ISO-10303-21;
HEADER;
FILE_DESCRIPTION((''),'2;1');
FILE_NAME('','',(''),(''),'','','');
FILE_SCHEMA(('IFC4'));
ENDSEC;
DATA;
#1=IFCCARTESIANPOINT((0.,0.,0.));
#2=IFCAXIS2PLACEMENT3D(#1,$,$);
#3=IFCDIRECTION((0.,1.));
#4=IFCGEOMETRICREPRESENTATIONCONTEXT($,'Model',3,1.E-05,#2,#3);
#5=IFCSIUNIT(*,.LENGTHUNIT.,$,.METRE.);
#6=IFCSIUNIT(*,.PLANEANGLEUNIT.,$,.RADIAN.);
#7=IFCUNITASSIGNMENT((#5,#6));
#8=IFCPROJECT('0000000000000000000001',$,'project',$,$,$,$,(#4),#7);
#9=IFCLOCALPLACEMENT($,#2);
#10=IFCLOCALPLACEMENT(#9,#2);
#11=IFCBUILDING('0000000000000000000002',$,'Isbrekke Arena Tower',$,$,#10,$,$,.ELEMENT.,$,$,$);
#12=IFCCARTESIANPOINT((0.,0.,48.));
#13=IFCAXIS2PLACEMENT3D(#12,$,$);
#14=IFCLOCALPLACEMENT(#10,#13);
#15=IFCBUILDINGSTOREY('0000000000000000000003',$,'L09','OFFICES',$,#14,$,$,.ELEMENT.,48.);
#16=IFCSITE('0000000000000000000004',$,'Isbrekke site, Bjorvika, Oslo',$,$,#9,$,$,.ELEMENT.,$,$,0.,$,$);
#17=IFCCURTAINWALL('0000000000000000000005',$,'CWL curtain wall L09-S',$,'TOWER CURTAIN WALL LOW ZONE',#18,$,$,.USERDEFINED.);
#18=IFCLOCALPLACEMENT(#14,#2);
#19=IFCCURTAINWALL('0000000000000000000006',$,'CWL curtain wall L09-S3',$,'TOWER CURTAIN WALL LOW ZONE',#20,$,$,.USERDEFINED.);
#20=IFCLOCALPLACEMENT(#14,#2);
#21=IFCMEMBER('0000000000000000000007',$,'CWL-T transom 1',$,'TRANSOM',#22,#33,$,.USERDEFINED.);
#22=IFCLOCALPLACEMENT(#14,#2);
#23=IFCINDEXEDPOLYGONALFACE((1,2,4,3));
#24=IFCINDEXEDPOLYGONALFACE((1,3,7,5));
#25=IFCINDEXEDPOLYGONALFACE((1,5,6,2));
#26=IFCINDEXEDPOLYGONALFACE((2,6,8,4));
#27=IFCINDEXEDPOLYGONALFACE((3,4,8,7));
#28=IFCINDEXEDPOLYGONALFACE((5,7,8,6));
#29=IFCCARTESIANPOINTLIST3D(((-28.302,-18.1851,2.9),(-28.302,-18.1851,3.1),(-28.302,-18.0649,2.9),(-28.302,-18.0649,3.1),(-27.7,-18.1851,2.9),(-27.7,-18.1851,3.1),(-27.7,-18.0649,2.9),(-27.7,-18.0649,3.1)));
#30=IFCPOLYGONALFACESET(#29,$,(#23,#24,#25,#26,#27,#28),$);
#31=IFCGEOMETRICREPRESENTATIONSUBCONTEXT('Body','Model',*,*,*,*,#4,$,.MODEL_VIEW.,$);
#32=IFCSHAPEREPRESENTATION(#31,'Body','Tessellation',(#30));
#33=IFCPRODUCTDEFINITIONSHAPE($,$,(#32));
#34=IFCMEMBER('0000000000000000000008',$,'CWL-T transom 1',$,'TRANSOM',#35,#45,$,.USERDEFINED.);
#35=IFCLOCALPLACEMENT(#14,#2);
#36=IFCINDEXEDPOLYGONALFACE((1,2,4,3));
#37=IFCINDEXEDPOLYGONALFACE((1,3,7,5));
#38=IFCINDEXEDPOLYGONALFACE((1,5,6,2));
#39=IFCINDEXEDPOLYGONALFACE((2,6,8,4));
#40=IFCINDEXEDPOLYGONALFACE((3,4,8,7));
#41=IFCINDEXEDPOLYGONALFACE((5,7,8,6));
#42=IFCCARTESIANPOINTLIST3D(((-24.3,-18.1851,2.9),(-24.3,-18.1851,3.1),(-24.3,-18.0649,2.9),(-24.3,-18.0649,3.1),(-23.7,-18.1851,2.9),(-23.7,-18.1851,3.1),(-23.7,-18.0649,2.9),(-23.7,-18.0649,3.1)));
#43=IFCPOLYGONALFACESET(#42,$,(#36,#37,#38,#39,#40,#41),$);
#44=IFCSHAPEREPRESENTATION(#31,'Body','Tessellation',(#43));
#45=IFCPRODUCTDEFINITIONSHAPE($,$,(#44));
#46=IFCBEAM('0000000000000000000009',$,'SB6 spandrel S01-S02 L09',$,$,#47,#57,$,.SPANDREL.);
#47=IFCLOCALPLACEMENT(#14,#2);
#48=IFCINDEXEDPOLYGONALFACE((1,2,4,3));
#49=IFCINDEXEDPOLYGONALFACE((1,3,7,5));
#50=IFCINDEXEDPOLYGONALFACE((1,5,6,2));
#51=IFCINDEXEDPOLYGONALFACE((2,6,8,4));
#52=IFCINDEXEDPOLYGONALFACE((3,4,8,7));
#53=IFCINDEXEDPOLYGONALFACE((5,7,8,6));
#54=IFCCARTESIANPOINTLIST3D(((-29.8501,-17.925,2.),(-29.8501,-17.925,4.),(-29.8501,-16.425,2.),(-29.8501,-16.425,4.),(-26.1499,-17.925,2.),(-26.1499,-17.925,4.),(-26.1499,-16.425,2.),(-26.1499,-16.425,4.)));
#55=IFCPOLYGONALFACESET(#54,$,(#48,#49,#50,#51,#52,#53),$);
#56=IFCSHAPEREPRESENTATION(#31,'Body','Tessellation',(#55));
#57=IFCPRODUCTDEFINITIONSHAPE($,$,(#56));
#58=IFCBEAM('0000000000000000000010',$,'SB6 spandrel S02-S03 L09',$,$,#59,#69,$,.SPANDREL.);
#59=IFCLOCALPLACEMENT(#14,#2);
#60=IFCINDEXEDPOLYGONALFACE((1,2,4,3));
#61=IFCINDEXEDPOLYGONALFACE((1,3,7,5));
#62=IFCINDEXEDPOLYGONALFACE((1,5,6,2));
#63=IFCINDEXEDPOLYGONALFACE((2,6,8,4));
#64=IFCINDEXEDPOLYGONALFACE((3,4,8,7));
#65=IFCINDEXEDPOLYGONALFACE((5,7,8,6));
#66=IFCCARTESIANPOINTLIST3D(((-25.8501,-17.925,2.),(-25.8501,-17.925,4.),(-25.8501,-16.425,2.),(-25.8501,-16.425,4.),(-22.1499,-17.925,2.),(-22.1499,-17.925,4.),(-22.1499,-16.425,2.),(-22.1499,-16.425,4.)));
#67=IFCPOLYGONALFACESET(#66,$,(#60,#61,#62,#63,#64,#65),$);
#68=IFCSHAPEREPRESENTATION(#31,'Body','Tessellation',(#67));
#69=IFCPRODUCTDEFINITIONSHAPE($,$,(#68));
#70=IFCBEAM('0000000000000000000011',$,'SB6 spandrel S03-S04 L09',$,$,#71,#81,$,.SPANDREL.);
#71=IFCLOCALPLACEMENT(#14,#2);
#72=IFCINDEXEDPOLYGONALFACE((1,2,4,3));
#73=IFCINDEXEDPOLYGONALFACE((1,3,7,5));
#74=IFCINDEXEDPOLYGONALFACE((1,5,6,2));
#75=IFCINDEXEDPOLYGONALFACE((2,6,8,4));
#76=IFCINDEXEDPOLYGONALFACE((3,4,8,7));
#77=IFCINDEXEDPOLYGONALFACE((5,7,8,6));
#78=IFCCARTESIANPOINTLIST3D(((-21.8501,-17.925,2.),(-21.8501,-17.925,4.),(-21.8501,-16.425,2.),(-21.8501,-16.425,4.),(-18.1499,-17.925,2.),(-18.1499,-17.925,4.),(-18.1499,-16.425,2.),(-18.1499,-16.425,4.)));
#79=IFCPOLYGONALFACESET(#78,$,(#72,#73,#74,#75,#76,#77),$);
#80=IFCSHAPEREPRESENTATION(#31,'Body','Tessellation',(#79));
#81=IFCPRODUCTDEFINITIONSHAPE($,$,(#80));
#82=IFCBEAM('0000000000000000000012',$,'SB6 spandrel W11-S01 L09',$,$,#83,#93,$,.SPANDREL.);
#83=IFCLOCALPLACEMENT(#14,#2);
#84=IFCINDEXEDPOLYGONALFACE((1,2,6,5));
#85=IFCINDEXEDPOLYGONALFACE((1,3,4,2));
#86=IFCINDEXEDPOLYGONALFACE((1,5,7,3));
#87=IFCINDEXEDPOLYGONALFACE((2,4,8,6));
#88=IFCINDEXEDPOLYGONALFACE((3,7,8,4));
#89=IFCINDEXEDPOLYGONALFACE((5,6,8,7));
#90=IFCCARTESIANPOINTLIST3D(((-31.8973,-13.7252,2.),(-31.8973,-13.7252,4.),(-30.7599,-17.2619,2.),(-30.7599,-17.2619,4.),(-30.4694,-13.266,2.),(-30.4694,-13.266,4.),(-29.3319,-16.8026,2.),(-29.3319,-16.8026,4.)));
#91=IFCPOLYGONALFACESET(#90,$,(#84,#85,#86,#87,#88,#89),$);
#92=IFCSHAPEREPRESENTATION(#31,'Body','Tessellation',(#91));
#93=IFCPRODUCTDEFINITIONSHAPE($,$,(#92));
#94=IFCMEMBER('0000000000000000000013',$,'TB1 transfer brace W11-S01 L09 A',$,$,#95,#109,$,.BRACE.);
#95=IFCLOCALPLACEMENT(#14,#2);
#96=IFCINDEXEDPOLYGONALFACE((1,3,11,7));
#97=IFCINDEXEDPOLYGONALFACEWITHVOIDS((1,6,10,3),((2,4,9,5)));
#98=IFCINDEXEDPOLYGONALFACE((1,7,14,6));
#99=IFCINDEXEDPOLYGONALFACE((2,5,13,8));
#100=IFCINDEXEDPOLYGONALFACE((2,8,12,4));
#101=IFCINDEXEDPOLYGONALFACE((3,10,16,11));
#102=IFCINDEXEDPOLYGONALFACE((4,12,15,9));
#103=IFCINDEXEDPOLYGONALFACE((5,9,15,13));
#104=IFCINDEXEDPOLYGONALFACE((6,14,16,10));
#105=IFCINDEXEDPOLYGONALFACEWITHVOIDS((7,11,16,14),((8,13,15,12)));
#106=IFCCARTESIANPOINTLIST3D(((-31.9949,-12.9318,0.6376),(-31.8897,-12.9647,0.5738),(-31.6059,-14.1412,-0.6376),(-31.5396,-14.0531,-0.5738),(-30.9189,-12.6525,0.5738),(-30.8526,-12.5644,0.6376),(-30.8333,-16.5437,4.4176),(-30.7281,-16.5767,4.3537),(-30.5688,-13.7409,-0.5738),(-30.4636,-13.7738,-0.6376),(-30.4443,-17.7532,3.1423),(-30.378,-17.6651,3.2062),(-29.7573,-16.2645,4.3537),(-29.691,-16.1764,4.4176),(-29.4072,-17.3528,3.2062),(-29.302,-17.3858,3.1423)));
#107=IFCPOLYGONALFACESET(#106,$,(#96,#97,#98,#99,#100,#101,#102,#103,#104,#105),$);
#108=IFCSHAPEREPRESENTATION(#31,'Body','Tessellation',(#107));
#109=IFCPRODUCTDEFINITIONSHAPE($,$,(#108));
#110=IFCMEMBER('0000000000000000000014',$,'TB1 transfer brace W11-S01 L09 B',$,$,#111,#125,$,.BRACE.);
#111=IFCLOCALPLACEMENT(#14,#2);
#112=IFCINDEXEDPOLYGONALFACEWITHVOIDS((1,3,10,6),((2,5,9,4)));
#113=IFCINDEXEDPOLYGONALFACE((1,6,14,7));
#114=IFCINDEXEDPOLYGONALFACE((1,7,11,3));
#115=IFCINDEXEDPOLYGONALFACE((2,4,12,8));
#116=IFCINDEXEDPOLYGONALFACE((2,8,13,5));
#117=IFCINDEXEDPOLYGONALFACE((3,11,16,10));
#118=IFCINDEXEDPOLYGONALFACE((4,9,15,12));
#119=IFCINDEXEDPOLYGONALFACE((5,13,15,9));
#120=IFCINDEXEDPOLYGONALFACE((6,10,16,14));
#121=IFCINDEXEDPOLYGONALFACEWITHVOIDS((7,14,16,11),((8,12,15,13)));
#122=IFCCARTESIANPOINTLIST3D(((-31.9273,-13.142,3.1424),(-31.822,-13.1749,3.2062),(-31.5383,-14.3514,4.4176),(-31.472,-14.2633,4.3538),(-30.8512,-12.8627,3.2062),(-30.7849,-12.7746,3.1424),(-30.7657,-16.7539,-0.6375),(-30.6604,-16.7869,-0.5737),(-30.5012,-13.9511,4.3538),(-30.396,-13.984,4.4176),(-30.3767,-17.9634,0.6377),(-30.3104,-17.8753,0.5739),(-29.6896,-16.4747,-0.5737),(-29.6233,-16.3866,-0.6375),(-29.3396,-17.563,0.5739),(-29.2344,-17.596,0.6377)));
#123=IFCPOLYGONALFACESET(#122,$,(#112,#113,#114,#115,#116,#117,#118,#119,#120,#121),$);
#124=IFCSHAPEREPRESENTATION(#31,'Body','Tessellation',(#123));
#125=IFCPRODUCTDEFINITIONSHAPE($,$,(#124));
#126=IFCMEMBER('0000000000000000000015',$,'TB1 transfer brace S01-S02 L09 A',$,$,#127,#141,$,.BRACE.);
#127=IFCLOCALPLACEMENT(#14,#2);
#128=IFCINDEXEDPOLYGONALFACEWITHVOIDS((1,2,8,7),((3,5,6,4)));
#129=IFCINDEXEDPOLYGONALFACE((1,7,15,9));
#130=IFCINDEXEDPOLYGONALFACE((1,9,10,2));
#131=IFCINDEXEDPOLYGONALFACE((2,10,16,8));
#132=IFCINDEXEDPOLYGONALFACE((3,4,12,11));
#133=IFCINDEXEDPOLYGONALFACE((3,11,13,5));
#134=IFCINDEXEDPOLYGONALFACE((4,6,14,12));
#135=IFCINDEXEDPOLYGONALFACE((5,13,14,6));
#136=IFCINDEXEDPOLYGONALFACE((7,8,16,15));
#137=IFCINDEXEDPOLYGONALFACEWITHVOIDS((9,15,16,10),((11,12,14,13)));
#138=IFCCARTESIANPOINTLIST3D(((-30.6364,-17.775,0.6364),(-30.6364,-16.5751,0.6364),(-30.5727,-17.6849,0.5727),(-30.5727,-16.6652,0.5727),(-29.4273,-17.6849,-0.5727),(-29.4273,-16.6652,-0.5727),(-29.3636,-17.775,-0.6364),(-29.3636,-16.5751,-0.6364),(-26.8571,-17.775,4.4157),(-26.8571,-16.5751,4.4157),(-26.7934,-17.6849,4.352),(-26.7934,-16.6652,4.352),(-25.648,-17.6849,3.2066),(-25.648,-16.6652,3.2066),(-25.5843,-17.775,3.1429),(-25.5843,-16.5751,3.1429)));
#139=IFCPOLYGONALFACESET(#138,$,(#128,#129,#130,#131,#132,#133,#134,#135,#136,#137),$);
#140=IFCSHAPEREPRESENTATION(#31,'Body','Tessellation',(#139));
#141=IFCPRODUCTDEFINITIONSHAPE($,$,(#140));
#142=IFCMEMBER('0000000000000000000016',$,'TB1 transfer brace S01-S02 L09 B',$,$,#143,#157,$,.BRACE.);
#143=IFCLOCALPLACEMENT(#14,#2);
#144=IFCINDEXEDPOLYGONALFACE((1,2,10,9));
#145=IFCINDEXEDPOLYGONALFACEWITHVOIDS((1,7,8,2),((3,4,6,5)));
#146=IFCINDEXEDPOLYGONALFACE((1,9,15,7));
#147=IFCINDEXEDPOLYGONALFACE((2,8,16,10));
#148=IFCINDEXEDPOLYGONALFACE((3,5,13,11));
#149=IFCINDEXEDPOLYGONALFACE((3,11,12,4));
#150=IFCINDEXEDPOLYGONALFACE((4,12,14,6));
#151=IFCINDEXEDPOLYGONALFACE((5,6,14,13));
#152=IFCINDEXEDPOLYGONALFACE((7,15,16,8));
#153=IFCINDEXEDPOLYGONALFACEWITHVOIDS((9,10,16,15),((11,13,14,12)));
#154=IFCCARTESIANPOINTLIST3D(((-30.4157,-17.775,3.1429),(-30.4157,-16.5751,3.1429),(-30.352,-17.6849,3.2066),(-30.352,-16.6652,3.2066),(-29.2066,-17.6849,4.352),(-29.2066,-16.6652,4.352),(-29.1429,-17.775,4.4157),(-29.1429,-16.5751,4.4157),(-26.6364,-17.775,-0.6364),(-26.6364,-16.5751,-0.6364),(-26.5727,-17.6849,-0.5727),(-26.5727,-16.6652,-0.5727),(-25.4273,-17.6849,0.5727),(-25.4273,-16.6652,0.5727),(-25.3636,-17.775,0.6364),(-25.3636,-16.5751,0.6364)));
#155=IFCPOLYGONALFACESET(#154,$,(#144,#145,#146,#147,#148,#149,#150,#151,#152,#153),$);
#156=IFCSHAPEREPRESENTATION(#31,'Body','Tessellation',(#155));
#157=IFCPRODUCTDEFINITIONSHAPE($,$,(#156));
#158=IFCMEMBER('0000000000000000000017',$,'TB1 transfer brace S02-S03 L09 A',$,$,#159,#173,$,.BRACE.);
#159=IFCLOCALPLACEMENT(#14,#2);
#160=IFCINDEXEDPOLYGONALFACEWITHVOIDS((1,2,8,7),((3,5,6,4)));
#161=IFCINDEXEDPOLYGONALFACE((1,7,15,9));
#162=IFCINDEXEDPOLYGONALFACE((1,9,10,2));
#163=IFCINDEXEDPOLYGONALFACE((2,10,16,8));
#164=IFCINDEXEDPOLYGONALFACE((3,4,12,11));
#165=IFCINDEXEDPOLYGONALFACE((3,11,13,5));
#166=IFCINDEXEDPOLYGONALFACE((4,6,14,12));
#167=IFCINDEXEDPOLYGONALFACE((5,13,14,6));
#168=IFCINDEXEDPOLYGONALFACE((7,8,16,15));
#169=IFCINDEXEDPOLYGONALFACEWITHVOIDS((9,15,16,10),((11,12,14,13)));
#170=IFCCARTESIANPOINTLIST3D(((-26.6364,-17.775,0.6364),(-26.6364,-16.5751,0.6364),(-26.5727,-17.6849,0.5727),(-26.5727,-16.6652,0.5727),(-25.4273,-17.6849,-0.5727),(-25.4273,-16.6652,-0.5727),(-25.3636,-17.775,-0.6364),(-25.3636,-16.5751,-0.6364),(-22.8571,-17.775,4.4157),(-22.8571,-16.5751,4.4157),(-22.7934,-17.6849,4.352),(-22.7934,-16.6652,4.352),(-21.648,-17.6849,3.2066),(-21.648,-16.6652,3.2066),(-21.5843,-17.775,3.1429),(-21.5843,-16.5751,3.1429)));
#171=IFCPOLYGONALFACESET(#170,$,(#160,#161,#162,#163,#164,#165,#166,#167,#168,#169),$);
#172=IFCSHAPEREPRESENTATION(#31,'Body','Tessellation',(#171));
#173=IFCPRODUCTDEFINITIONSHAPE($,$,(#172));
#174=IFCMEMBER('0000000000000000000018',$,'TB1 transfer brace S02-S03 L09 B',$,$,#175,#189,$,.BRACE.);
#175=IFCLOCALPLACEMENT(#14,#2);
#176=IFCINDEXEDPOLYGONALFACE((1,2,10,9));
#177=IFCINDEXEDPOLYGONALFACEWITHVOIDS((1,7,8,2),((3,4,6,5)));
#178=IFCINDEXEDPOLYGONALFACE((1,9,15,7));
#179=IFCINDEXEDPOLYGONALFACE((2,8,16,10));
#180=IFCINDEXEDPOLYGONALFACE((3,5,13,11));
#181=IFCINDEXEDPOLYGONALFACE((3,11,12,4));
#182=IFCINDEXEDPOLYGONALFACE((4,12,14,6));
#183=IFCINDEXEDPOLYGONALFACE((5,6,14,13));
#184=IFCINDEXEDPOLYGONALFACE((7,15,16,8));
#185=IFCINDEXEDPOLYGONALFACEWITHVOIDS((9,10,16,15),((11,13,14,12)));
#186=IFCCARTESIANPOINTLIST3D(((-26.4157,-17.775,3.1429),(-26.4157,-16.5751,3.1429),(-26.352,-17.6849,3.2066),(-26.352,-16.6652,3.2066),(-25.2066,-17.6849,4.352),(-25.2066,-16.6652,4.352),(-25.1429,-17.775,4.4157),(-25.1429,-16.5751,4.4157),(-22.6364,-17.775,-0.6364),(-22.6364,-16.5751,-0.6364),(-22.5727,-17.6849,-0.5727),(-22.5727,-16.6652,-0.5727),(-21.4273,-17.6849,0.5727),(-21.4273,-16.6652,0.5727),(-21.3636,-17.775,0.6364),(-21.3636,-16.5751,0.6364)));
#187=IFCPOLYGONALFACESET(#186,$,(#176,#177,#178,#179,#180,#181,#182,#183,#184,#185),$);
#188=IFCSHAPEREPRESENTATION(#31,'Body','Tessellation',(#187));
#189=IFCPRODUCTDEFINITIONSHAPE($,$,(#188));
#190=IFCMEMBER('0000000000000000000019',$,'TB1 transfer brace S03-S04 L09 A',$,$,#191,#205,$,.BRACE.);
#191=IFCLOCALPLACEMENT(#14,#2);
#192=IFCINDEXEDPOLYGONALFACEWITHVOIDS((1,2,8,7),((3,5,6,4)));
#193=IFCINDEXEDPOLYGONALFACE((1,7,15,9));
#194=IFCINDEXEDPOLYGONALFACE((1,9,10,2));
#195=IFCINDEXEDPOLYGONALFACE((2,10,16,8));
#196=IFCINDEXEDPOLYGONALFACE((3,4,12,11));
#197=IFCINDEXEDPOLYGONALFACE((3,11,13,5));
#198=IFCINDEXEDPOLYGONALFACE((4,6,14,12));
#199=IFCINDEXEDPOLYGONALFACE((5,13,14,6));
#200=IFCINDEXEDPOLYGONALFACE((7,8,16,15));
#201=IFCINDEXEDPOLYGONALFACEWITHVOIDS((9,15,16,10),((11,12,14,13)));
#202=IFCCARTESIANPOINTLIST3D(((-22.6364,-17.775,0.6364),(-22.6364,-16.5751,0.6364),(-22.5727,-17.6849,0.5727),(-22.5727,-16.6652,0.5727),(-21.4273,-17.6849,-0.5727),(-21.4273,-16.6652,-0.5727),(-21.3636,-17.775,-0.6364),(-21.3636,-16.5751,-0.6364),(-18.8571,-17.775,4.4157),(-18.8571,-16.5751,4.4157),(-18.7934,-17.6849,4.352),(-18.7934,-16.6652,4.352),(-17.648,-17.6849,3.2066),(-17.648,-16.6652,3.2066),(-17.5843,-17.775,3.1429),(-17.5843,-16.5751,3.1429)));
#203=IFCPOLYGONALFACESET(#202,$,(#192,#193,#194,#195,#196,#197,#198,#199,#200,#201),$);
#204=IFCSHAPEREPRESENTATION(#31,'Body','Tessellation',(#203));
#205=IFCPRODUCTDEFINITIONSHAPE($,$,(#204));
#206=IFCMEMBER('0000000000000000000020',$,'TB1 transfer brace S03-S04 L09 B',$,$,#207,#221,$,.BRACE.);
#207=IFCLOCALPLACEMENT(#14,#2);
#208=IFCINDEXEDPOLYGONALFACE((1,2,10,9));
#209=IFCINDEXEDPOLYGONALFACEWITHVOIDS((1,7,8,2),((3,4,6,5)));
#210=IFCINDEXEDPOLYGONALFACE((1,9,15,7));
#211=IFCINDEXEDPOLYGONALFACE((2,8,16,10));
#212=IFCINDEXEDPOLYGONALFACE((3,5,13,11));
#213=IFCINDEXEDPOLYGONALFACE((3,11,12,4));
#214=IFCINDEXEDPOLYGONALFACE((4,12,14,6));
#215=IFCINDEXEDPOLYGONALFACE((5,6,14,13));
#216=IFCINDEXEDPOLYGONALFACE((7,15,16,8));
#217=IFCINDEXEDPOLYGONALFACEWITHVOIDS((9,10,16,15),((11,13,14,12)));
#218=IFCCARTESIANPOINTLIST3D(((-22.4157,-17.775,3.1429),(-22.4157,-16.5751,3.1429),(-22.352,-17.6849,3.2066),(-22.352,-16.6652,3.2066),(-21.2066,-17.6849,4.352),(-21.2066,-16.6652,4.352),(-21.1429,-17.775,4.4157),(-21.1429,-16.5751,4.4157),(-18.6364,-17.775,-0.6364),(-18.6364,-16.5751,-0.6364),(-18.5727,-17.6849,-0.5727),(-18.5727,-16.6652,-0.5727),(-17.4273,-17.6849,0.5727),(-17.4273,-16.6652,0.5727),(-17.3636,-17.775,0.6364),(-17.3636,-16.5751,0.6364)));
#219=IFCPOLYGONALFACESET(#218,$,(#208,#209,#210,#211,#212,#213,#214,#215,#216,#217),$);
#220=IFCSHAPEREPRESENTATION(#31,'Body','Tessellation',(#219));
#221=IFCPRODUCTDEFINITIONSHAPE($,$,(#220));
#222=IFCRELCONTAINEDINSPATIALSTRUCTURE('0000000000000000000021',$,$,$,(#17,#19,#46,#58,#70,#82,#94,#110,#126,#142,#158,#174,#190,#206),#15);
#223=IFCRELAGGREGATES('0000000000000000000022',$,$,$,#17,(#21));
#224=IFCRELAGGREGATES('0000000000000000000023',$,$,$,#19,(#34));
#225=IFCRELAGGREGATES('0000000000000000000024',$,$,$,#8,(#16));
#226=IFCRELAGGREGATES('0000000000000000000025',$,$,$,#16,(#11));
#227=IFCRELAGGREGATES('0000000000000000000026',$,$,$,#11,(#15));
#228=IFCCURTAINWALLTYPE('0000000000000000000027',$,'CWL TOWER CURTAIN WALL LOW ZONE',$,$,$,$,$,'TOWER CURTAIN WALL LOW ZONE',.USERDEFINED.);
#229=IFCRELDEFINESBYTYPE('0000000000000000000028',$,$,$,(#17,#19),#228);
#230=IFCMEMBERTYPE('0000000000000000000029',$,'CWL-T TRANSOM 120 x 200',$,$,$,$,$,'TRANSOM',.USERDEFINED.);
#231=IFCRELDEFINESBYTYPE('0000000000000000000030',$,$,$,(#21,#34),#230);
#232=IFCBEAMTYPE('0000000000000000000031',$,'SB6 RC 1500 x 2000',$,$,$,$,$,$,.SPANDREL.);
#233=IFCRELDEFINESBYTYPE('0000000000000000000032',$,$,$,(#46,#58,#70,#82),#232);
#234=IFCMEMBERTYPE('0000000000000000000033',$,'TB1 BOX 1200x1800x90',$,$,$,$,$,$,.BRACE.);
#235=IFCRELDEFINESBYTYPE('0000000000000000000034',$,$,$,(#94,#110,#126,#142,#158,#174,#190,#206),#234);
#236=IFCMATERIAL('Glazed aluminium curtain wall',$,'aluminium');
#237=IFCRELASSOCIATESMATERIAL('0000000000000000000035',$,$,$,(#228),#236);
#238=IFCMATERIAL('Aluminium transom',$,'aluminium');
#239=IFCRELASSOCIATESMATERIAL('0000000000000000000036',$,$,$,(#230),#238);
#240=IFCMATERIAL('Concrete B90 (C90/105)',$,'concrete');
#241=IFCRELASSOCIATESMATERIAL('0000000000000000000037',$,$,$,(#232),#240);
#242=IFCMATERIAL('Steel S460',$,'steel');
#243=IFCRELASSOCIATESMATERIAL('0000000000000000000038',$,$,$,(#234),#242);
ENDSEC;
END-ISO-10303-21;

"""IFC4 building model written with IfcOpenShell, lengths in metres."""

from ifc_helpers import new_model, si_unit, direction, frame, origin, origin_2d, place, context, subcontext, project, spatial, rectangle, hollow_rectangle, extrude, material, material_profile, profile_set, type_object, element, aggregate, save


model = new_model("IFC4")

# Units and contexts
model_context = context("Model", 3, precision=1e-05, world=origin(), true_north=direction((0.0, 1.0)))
body_context = subcontext(model_context, "Body", "Model", "MODEL_VIEW")
ifc_project = project(units=[si_unit("LENGTHUNIT", "METRE"), si_unit("PLANEANGLEUNIT", "RADIAN")], contexts=[model_context])

# Site, building, storey
site_placement = place(None, origin())
site = spatial("IfcSite", under=ifc_project, at=site_placement, Name="Isbrekke site, Bjorvika, Oslo", CompositionType="ELEMENT", RefElevation=0.0)
building_placement = place(site_placement, origin())
building = spatial("IfcBuilding", under=site, at=building_placement, Name="Isbrekke Arena Tower", CompositionType="ELEMENT")
storey_placement = place(building_placement, frame((0.0, 0.0, 48.0)))
storey = spatial("IfcBuildingStorey", under=building, at=storey_placement, Name="L09", Description="OFFICES", CompositionType="ELEMENT", Elevation=48.0)

# Curtain walls
ifc_material_1 = material(Name="Glazed aluminium curtain wall", Category="aluminium")
curtain_wall_type = type_object("IfcCurtainWallType", Name="CWL TOWER CURTAIN WALL LOW ZONE", ElementType="TOWER CURTAIN WALL LOW ZONE", PredefinedType="USERDEFINED", material=ifc_material_1)
curtain_wall_1_placement = place(storey_placement, origin())
curtain_wall_1 = element("IfcCurtainWall", 1, at=curtain_wall_1_placement, inside=storey, type_object=curtain_wall_type, Name="CWL curtain wall L09-S", ObjectType="TOWER CURTAIN WALL LOW ZONE", PredefinedType="USERDEFINED")
curtain_wall_2_placement = place(storey_placement, origin())
curtain_wall_2 = element("IfcCurtainWall", 2, at=curtain_wall_2_placement, inside=storey, type_object=curtain_wall_type, Name="CWL curtain wall L09-S3", ObjectType="TOWER CURTAIN WALL LOW ZONE", PredefinedType="USERDEFINED")

# Members
ifc_material_2 = material(Name="Aluminium transom", Category="aluminium")
ifc_material_profile_1 = material_profile(ifc_material_2, rectangle(XDim=0.1201, YDim=0.2, at=origin_2d()), Name="TRANSOM 120X200")
ifc_profile_set_1 = profile_set([ifc_material_profile_1], Name="Aluminium transom")
member_type_1 = type_object("IfcMemberType", Name="CWL-T TRANSOM 120 x 200", ElementType="TRANSOM", PredefinedType="USERDEFINED", material=ifc_profile_set_1)
member_1_placement = place(storey_placement, frame((-28.302, -18.125, 3.0), z_axis=(1.0, 0.0, 0.0), x_axis=(0.0, 1.0, 0.0)))
member_1 = element("IfcMember", 3, at=member_1_placement, type_object=member_type_1, Name="CWL-T transom 1", ObjectType="TRANSOM", PredefinedType="USERDEFINED", context=body_context, shape_type="SweptSolid", body=[
    extrude(rectangle(XDim=0.1201, YDim=0.2, at=origin_2d()), origin(), (0.0, 0.0, 1.0), 0.6021),
])
member_2_placement = place(storey_placement, frame((-24.3, -18.125, 3.0), z_axis=(1.0, 0.0, 0.0), x_axis=(0.0, 1.0, 0.0)))
member_2 = element("IfcMember", 4, at=member_2_placement, type_object=member_type_1, Name="CWL-T transom 1", ObjectType="TRANSOM", PredefinedType="USERDEFINED", context=body_context, shape_type="SweptSolid", body=[
    extrude(rectangle(XDim=0.1201, YDim=0.2, at=origin_2d()), origin(), (0.0, 0.0, 1.0), 0.6001),
])

# Beams
ifc_material_3 = material(Name="Concrete B90 (C90/105)", Category="concrete")
ifc_material_profile_2 = material_profile(ifc_material_3, rectangle(XDim=1.5, YDim=2.0, at=origin_2d()), Name="RC 1500x2000")
ifc_profile_set_2 = profile_set([ifc_material_profile_2], Name="Concrete B90 (C90/105)")
beam_type_1 = type_object("IfcBeamType", Name="SB6 RC 1500 x 2000", PredefinedType="SPANDREL", material=ifc_profile_set_2)
for number, where, z_axis, x_axis, name in (
    (5, (-29.8501, -17.175, 3.0), (1.0, 0.0, 0.0), (0.0, 1.0, 0.0), "SB6 spandrel S01-S02 L09"),
    (6, (-25.8501, -17.175, 3.0), (1.0, 0.0, 0.0), (0.0, 1.0, 0.0), "SB6 spandrel S02-S03 L09"),
    (7, (-21.8501, -17.175, 3.0), (1.0, 0.0, 0.0), (0.0, 1.0, 0.0), "SB6 spandrel S03-S04 L09"),
):
    element("IfcBeam", number, at=place(storey_placement, frame(where, z_axis=z_axis, x_axis=x_axis)), inside=storey, type_object=beam_type_1, Name=name, PredefinedType="SPANDREL", context=body_context, shape_type="SweptSolid", body=[
        extrude(rectangle(XDim=1.5, YDim=2.0, at=origin_2d()), origin(), (0.0, 0.0, 1.0), 3.7002),
    ])
beam_placement = place(storey_placement, frame((-31.1833, -13.4956, 3.0), z_axis=(0.306175, -0.951975, 0.0), x_axis=(0.951975, 0.306175, 0.0)))
element("IfcBeam", 8, at=beam_placement, inside=storey, type_object=beam_type_1, Name="SB6 spandrel W11-S01 L09", PredefinedType="SPANDREL", context=body_context, shape_type="SweptSolid", body=[
    extrude(rectangle(XDim=1.5, YDim=2.0, at=origin_2d()), origin(), (0.0, 0.0, 1.0), 3.7151),
])

# Members
ifc_material_4 = material(Name="Steel S460", Category="steel")
ifc_material_profile_3 = material_profile(ifc_material_4, hollow_rectangle(XDim=1.2, YDim=1.8, WallThickness=0.0901, at=origin_2d()), Name="BOX 1200x1800x90")
ifc_profile_set_3 = profile_set([ifc_material_profile_3], Name="Steel S460")
member_type_2 = type_object("IfcMemberType", Name="TB1 BOX 1200x1800x90", PredefinedType="BRACE", material=ifc_profile_set_3)
for number, where, z_axis, x_axis, name in (
    (9, (-31.2292, -13.3528, 0.0), (0.216889, -0.674416, 0.705778), (0.951982, 0.306153, 0.0), "TB1 transfer brace W11-S01 L09 A"),
    (10, (-31.1616, -13.563, 3.78), (0.216889, -0.674416, -0.705778), (0.951982, 0.306153, 0.0), "TB1 transfer brace W11-S01 L09 B"),
):
    element("IfcMember", number, at=place(storey_placement, frame(where, z_axis=z_axis, x_axis=x_axis)), inside=storey, type_object=member_type_2, Name=name, PredefinedType="BRACE", context=body_context, shape_type="SweptSolid", body=[
        extrude(hollow_rectangle(XDim=1.2, YDim=1.8, WallThickness=0.0901, at=origin_2d()), origin(), (0.0, 0.0, 1.0), 5.3557),
    ])
for number, where, z_axis, x_axis, name in (
    (11, (-30.0, -17.175, 0.0), (0.707107, 0.0, 0.707107), (0.0, 1.0, 0.0), "TB1 transfer brace S01-S02 L09 A"),
    (12, (-29.7793, -17.175, 3.7793), (0.707107, 0.0, -0.707107), (0.0, 1.0, 0.0), "TB1 transfer brace S01-S02 L09 B"),
    (13, (-26.0, -17.175, 0.0), (0.707107, 0.0, 0.707107), (0.0, 1.0, 0.0), "TB1 transfer brace S02-S03 L09 A"),
    (14, (-25.7793, -17.175, 3.7793), (0.707107, 0.0, -0.707107), (0.0, 1.0, 0.0), "TB1 transfer brace S02-S03 L09 B"),
    (15, (-22.0, -17.175, 0.0), (0.707107, 0.0, 0.707107), (0.0, 1.0, 0.0), "TB1 transfer brace S03-S04 L09 A"),
    (16, (-21.7793, -17.175, 3.7793), (0.707107, 0.0, -0.707107), (0.0, 1.0, 0.0), "TB1 transfer brace S03-S04 L09 B"),
):
    element("IfcMember", number, at=place(storey_placement, frame(where, z_axis=z_axis, x_axis=x_axis)), inside=storey, type_object=member_type_2, Name=name, PredefinedType="BRACE", context=body_context, shape_type="SweptSolid", body=[
        extrude(hollow_rectangle(XDim=1.2, YDim=1.8, WallThickness=0.0901, at=origin_2d()), origin(), (0.0, 0.0, 1.0), 5.3447),
    ])

aggregate(curtain_wall_1, [member_1])
aggregate(curtain_wall_2, [member_2])

save(model, "model.ifc")
